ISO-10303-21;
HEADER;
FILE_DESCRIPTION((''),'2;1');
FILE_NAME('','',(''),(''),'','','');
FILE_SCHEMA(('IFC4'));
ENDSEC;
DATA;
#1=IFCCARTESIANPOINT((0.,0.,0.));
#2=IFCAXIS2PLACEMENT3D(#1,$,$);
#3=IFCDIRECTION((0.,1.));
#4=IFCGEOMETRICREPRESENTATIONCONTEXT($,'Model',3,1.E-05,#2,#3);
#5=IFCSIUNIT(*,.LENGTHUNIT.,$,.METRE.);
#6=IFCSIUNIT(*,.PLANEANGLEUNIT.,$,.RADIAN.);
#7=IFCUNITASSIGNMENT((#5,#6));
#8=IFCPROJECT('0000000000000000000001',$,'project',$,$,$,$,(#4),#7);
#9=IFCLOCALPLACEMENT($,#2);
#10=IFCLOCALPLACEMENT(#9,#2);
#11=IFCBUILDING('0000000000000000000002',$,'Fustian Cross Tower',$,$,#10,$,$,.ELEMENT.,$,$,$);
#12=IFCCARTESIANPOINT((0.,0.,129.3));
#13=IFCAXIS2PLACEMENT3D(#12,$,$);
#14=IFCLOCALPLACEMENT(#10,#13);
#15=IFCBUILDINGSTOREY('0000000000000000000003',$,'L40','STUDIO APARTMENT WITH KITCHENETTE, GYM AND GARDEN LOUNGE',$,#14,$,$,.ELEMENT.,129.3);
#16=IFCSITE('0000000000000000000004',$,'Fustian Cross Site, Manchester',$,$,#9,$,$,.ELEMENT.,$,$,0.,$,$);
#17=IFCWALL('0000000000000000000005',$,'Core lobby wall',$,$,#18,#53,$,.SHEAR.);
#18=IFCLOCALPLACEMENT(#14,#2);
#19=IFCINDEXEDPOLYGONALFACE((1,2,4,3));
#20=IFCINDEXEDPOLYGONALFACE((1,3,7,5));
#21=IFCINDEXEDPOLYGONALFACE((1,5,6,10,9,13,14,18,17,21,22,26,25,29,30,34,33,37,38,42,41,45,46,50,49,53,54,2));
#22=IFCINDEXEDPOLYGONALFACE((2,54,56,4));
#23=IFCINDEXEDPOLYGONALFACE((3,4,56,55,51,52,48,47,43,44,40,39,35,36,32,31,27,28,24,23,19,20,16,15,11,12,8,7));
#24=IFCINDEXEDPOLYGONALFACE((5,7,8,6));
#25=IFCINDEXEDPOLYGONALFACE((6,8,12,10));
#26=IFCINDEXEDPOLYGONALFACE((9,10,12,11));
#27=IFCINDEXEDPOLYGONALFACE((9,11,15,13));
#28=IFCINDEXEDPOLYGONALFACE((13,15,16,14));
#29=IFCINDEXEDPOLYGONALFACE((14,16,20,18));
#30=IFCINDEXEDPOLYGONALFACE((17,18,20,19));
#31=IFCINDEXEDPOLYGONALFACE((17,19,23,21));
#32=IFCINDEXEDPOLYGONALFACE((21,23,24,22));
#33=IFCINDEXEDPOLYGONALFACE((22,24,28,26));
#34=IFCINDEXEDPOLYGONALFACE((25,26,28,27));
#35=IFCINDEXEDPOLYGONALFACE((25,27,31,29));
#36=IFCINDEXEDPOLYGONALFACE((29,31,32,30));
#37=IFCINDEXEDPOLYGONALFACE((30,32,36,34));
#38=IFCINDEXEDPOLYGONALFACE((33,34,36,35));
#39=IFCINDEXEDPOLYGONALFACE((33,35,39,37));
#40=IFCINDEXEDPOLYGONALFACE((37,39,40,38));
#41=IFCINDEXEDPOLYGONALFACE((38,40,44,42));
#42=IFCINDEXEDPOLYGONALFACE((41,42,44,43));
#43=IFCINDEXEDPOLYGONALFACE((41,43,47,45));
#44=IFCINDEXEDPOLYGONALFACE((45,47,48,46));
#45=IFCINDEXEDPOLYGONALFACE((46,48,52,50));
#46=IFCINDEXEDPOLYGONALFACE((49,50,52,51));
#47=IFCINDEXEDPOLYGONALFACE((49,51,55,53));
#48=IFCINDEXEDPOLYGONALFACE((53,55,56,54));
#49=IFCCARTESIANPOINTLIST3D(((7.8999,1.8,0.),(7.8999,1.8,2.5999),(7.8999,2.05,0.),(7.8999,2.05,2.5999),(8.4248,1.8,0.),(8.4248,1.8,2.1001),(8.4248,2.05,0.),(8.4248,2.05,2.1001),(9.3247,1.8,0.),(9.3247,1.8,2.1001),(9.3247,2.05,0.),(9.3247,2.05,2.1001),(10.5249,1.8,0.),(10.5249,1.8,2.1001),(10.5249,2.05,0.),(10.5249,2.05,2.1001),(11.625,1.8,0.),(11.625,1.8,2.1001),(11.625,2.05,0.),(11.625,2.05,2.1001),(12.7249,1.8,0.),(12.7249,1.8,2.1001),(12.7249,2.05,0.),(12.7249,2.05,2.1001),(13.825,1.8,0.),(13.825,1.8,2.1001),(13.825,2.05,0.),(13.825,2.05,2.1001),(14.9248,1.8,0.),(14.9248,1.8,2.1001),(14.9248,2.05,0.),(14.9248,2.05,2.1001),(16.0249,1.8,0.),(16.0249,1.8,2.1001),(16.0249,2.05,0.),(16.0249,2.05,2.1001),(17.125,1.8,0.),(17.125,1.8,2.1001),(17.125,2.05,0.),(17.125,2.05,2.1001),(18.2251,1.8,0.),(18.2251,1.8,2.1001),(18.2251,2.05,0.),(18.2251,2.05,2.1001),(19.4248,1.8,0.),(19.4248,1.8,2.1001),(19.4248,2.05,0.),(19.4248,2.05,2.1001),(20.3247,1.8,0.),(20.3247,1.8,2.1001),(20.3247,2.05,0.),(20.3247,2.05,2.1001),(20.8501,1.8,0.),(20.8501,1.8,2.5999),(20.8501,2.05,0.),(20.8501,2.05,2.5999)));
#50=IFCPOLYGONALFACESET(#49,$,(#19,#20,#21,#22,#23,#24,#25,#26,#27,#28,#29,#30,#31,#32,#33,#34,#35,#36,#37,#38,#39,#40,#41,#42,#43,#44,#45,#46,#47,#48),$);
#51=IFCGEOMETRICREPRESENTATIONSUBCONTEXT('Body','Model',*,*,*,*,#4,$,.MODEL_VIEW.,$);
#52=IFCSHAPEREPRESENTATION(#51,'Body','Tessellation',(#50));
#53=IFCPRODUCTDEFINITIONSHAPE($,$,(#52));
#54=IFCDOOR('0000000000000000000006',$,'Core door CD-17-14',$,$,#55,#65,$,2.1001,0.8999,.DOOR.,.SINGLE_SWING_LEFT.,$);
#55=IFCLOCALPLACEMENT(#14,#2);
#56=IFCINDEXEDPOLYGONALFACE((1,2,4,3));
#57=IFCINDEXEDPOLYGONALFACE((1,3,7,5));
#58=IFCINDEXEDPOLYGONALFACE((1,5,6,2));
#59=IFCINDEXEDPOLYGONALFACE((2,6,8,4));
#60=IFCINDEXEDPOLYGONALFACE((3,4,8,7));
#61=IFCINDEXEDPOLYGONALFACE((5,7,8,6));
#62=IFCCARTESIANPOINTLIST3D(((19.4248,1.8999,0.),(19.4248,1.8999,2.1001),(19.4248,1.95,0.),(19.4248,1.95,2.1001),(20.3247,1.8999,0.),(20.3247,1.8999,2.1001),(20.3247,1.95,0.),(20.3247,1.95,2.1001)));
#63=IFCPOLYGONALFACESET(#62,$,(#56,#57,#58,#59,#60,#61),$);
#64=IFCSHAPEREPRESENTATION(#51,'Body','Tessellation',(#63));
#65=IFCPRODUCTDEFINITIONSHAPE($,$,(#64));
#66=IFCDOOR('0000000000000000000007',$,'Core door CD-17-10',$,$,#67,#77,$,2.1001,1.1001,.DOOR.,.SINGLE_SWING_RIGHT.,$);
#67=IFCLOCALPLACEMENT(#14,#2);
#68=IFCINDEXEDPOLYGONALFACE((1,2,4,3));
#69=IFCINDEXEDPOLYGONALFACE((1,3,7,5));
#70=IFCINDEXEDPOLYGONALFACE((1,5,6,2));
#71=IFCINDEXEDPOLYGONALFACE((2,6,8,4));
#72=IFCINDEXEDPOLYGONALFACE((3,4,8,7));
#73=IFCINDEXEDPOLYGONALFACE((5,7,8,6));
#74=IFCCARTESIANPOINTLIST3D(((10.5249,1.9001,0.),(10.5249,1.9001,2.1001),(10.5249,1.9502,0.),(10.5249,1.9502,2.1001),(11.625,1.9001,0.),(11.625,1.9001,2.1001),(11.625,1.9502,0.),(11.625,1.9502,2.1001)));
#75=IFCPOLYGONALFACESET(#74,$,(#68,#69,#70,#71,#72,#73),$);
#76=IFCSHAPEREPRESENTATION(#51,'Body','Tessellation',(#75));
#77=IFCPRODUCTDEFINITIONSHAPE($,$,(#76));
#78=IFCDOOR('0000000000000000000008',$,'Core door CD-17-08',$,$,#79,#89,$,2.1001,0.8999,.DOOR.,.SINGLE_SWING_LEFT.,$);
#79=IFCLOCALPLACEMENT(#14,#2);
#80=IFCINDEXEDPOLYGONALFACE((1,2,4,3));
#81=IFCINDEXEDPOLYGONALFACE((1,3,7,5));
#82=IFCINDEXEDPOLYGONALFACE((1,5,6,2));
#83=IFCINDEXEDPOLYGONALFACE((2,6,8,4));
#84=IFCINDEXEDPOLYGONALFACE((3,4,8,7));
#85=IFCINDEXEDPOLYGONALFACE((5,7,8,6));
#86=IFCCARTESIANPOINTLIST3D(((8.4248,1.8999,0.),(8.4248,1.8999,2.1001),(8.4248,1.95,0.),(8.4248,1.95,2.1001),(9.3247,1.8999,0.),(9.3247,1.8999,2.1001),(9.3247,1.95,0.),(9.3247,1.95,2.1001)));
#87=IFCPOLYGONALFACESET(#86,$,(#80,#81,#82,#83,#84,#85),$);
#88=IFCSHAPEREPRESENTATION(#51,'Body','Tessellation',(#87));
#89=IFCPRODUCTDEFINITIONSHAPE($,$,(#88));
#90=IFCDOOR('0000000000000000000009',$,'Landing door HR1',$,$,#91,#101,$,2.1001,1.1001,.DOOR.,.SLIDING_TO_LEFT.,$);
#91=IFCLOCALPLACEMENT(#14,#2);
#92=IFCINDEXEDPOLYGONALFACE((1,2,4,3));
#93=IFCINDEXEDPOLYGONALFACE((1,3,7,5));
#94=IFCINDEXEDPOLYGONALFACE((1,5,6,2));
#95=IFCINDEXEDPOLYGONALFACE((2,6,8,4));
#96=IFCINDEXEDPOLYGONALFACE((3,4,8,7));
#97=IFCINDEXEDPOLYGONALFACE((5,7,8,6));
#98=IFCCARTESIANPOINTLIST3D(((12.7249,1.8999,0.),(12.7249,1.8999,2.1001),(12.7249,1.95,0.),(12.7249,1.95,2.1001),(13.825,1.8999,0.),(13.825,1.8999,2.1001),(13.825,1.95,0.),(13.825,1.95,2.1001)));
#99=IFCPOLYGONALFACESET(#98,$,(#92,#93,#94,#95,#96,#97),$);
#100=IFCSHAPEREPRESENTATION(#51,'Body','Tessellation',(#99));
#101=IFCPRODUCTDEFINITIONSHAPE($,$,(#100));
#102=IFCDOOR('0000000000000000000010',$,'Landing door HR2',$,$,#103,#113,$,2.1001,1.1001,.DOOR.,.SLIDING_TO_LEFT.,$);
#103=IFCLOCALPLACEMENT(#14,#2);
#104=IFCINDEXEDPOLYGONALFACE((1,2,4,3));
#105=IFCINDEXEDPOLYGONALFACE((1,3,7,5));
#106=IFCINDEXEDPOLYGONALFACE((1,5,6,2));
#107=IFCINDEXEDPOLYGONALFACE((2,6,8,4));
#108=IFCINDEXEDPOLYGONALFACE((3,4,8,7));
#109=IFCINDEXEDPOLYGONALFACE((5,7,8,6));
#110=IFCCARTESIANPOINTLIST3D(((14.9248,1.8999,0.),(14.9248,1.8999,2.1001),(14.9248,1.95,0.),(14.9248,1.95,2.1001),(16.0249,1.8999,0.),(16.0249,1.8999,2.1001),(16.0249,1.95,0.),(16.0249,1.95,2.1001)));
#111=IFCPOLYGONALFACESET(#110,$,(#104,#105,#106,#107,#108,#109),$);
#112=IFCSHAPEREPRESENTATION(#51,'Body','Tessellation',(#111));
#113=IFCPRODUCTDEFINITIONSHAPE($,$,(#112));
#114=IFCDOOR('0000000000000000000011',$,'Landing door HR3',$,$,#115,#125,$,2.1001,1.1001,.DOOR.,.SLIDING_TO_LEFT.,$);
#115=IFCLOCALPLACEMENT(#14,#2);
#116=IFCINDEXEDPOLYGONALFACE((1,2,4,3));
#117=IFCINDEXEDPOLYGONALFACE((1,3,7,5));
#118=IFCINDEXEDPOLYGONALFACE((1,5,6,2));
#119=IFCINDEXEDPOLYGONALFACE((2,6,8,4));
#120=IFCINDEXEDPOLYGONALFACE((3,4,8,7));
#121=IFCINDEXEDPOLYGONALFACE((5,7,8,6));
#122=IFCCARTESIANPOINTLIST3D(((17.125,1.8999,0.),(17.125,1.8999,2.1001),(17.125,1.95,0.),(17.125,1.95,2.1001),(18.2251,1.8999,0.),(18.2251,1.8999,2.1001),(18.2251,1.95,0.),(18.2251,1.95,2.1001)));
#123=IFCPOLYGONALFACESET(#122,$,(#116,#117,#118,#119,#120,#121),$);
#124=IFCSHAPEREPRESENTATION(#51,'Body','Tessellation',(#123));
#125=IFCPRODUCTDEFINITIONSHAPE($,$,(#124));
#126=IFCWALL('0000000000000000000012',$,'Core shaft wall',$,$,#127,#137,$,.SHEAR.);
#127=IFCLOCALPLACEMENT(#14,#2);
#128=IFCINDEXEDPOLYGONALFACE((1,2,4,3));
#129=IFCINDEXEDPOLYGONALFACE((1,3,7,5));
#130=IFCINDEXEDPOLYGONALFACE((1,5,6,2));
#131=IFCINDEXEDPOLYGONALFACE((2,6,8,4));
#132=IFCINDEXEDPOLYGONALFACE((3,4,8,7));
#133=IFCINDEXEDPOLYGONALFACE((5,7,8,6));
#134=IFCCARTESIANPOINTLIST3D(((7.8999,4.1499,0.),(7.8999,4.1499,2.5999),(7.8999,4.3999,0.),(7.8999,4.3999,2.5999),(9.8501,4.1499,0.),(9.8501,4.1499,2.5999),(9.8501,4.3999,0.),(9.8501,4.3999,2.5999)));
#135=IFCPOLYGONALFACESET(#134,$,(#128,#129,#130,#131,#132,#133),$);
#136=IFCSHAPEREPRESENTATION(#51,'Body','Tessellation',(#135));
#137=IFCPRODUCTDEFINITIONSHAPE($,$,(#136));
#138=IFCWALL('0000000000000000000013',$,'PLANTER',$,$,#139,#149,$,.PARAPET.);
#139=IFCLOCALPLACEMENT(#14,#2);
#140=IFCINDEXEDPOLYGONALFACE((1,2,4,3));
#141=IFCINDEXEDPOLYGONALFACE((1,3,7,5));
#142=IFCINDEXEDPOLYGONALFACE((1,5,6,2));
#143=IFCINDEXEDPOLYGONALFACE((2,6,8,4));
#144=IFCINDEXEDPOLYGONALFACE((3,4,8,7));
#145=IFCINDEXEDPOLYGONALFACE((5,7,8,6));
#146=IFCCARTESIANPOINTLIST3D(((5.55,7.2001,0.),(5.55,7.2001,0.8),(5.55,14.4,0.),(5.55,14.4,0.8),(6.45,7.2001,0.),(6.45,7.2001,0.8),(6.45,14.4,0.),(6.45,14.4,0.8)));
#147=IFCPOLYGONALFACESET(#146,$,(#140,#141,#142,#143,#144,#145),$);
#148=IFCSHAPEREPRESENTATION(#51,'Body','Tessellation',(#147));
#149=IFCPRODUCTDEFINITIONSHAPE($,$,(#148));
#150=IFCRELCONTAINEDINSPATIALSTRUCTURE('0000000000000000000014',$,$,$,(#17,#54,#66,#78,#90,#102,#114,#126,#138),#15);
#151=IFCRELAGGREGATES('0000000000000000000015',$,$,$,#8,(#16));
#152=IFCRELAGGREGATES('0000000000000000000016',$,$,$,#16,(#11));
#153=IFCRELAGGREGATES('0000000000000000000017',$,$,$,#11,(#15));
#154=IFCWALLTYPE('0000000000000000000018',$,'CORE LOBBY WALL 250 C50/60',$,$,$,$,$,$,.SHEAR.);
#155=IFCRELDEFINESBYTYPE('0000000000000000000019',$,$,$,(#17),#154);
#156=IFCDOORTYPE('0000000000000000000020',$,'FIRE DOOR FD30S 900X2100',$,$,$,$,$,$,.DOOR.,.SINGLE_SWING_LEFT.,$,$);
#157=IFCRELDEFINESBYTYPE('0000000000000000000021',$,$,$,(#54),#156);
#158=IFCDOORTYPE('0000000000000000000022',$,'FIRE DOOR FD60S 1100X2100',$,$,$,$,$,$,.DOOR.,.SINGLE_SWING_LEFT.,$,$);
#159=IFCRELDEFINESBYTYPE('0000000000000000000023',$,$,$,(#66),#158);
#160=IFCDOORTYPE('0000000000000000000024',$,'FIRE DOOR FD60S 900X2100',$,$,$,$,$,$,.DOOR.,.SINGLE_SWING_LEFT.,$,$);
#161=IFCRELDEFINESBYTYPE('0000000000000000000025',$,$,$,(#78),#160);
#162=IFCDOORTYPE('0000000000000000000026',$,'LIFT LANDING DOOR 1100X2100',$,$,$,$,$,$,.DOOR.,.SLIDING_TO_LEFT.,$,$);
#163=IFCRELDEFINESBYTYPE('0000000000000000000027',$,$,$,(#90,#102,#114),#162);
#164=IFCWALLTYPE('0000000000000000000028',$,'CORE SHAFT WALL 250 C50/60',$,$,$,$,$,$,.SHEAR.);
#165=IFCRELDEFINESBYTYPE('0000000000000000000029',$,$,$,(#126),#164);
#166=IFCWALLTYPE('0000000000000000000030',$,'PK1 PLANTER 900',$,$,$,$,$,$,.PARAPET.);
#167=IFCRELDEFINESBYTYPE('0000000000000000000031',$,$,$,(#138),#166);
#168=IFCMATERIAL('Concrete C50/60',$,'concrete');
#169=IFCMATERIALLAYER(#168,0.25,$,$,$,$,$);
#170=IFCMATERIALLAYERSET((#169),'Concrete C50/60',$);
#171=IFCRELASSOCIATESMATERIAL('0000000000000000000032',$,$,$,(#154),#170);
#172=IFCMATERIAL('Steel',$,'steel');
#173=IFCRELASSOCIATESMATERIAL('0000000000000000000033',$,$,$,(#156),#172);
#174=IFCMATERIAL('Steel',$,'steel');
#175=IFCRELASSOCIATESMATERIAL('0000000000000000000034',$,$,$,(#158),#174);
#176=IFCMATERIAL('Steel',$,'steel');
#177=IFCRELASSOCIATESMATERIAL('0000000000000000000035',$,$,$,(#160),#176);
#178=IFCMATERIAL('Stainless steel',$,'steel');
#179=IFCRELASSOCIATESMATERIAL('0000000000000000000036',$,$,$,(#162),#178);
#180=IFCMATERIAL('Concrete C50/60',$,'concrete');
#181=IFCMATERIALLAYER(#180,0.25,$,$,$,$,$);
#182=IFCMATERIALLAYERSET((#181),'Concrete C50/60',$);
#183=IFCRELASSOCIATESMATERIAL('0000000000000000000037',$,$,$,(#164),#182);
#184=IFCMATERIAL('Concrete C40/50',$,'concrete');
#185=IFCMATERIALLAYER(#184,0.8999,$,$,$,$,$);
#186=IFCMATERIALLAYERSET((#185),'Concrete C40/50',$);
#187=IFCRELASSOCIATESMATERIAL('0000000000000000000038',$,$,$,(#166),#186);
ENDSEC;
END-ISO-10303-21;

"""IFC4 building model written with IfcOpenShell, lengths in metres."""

from ifc_helpers import new_model, si_unit, direction, frame, frame_2d, origin, place, context, subcontext, project, spatial, rectangle, extrude, material, layer, layer_set, type_object, element, fill, save


model = new_model("IFC4")

# Units and contexts
model_context = context("Model", 3, precision=1e-05, world=origin(), true_north=direction((0.0, 1.0)))
body_context = subcontext(model_context, "Body", "Model", "MODEL_VIEW")
ifc_project = project(units=[si_unit("LENGTHUNIT", "METRE"), si_unit("PLANEANGLEUNIT", "RADIAN")], contexts=[model_context])

# Site, building, storey
site_placement = place(None, origin())
site = spatial("IfcSite", under=ifc_project, at=site_placement, Name="Fustian Cross Site, Manchester", CompositionType="ELEMENT", RefElevation=0.0)
building_placement = place(site_placement, origin())
building = spatial("IfcBuilding", under=site, at=building_placement, Name="Fustian Cross Tower", CompositionType="ELEMENT")
storey_placement = place(building_placement, frame((0.0, 0.0, 129.3)))
storey = spatial("IfcBuildingStorey", under=building, at=storey_placement, Name="L40", Description="STUDIO APARTMENT WITH KITCHENETTE, GYM AND GARDEN LOUNGE", CompositionType="ELEMENT", Elevation=129.3)

# Wall, openings, doors
ifc_material_1 = material(Name="Concrete C50/60", Category="concrete")
ifc_layer_1 = layer(ifc_material_1, 0.25)
ifc_layer_set_1 = layer_set([ifc_layer_1], Name="Concrete C50/60")
wall_type_1 = type_object("IfcWallType", Name="CORE LOBBY WALL 250 C50/60", PredefinedType="SHEAR", material=ifc_layer_set_1)
wall_1_placement = place(storey_placement, frame((7.8999, 1.925, 0.0), z_axis=(0.0, 0.0, 1.0), x_axis=(1.0, 0.0, 0.0)))
wall_1 = element("IfcWall", 1, at=wall_1_placement, inside=storey, type_object=wall_type_1, Name="Core lobby wall", PredefinedType="SHEAR", context=body_context, shape_type="SweptSolid", body=[
    extrude(rectangle(XDim=12.9502, YDim=0.25, at=frame_2d((6.4751, 0.0))), origin(), (0.0, 0.0, 1.0), 2.5999),
])
opening_1_placement = place(wall_1_placement, frame((4.825, 0.0, 0.0)))
opening_1 = element("IfcOpeningElement", 2, at=opening_1_placement, cuts=wall_1, PredefinedType="OPENING", context=body_context, shape_type="SweptSolid", body=[
    extrude(rectangle(XDim=1.1001, YDim=2.1001, at=frame_2d((0.55, 1.05))), frame((0.0, 0.135, 0.0), z_axis=(0.0, -1.0, 0.0), x_axis=(1.0, 0.0, 0.0)), (0.0, 0.0, 1.0), 0.27),
])
opening_2_placement = place(wall_1_placement, frame((7.0249, 0.0, 0.0)))
opening_2 = element("IfcOpeningElement", 3, at=opening_2_placement, cuts=wall_1, PredefinedType="OPENING", context=body_context, shape_type="SweptSolid", body=[
    extrude(rectangle(XDim=1.1001, YDim=2.1001, at=frame_2d((0.55, 1.05))), frame((0.0, 0.135, 0.0), z_axis=(0.0, -1.0, 0.0), x_axis=(1.0, 0.0, 0.0)), (0.0, 0.0, 1.0), 0.27),
])
opening_3_placement = place(wall_1_placement, frame((9.2251, 0.0, 0.0)))
opening_3 = element("IfcOpeningElement", 4, at=opening_3_placement, cuts=wall_1, PredefinedType="OPENING", context=body_context, shape_type="SweptSolid", body=[
    extrude(rectangle(XDim=1.1001, YDim=2.1001, at=frame_2d((0.55, 1.05))), frame((0.0, 0.135, 0.0), z_axis=(0.0, -1.0, 0.0), x_axis=(1.0, 0.0, 0.0)), (0.0, 0.0, 1.0), 0.27),
])
opening_4_placement = place(wall_1_placement, frame((0.5249, 0.0, 0.0)))
opening_4 = element("IfcOpeningElement", 5, at=opening_4_placement, cuts=wall_1, PredefinedType="OPENING", context=body_context, shape_type="SweptSolid", body=[
    extrude(rectangle(XDim=0.8999, YDim=2.1001, at=frame_2d((0.45, 1.05))), frame((0.0, 0.135, 0.0), z_axis=(0.0, -1.0, 0.0), x_axis=(1.0, 0.0, 0.0)), (0.0, 0.0, 1.0), 0.27),
])
opening_5_placement = place(wall_1_placement, frame((2.625, 0.0, 0.0)))
opening_5 = element("IfcOpeningElement", 6, at=opening_5_placement, cuts=wall_1, PredefinedType="OPENING", context=body_context, shape_type="SweptSolid", body=[
    extrude(rectangle(XDim=1.1001, YDim=2.1001, at=frame_2d((0.55, 1.05))), frame((0.0, 0.135, 0.0), z_axis=(0.0, -1.0, 0.0), x_axis=(1.0, 0.0, 0.0)), (0.0, 0.0, 1.0), 0.27),
])
opening_6_placement = place(wall_1_placement, frame((11.5249, 0.0, 0.0)))
opening_6 = element("IfcOpeningElement", 7, at=opening_6_placement, cuts=wall_1, PredefinedType="OPENING", context=body_context, shape_type="SweptSolid", body=[
    extrude(rectangle(XDim=0.8999, YDim=2.1001, at=frame_2d((0.45, 1.05))), frame((0.0, 0.135, 0.0), z_axis=(0.0, -1.0, 0.0), x_axis=(1.0, 0.0, 0.0)), (0.0, 0.0, 1.0), 0.27),
])
ifc_material_2 = material(Name="Steel", Category="steel")
door_type_1 = type_object("IfcDoorType", Name="FIRE DOOR FD30S 900X2100", OperationType="SINGLE_SWING_LEFT", PredefinedType="DOOR", material=ifc_material_2)
door_1_placement = place(opening_6_placement, origin())
door_1 = element("IfcDoor", 8, at=door_1_placement, inside=storey, type_object=door_type_1, Name="Core door CD-17-14", OperationType="SINGLE_SWING_LEFT", OverallHeight=2.1001, OverallWidth=0.8999, PredefinedType="DOOR", context=body_context, shape_type="SweptSolid", body=[
    extrude(rectangle(XDim=0.8999, YDim=2.1001, at=frame_2d((0.45, 1.05))), frame((0.0, 0.0249, 0.0), z_axis=(0.0, -1.0, 0.0), x_axis=(1.0, 0.0, 0.0)), (0.0, 0.0, 1.0), 0.05),
])
fill(opening_6, door_1)
ifc_material_3 = material(Name="Steel", Category="steel")
door_type_2 = type_object("IfcDoorType", Name="FIRE DOOR FD60S 1100X2100", OperationType="SINGLE_SWING_LEFT", PredefinedType="DOOR", material=ifc_material_3)
door_2_placement = place(opening_5_placement, frame((1.1001, 0.0, 0.0), z_axis=(0.0, 0.0, 1.0), x_axis=(-1.0, 0.0, 0.0)))
door_2 = element("IfcDoor", 9, at=door_2_placement, inside=storey, type_object=door_type_2, Name="Core door CD-17-10", OperationType="SINGLE_SWING_RIGHT", OverallHeight=2.1001, OverallWidth=1.1001, PredefinedType="DOOR", context=body_context, shape_type="SweptSolid", body=[
    extrude(rectangle(XDim=1.1001, YDim=2.1001, at=frame_2d((0.55, 1.05))), frame((0.0, 0.0249, 0.0), z_axis=(0.0, -1.0, 0.0), x_axis=(1.0, 0.0, 0.0)), (0.0, 0.0, 1.0), 0.05),
])
fill(opening_5, door_2)
ifc_material_4 = material(Name="Steel", Category="steel")
door_type_3 = type_object("IfcDoorType", Name="FIRE DOOR FD60S 900X2100", OperationType="SINGLE_SWING_LEFT", PredefinedType="DOOR", material=ifc_material_4)
door_3_placement = place(opening_4_placement, origin())
door_3 = element("IfcDoor", 10, at=door_3_placement, inside=storey, type_object=door_type_3, Name="Core door CD-17-08", OperationType="SINGLE_SWING_LEFT", OverallHeight=2.1001, OverallWidth=0.8999, PredefinedType="DOOR", context=body_context, shape_type="SweptSolid", body=[
    extrude(rectangle(XDim=0.8999, YDim=2.1001, at=frame_2d((0.45, 1.05))), frame((0.0, 0.0249, 0.0), z_axis=(0.0, -1.0, 0.0), x_axis=(1.0, 0.0, 0.0)), (0.0, 0.0, 1.0), 0.05),
])
fill(opening_4, door_3)
ifc_material_5 = material(Name="Stainless steel", Category="steel")
door_type_4 = type_object("IfcDoorType", Name="LIFT LANDING DOOR 1100X2100", OperationType="SLIDING_TO_LEFT", PredefinedType="DOOR", material=ifc_material_5)
door_4_placement = place(opening_1_placement, origin())
door_4 = element("IfcDoor", 11, at=door_4_placement, inside=storey, type_object=door_type_4, Name="Landing door HR1", OperationType="SLIDING_TO_LEFT", OverallHeight=2.1001, OverallWidth=1.1001, PredefinedType="DOOR", context=body_context, shape_type="SweptSolid", body=[
    extrude(rectangle(XDim=1.1001, YDim=2.1001, at=frame_2d((0.55, 1.05))), frame((0.0, 0.0249, 0.0), z_axis=(0.0, -1.0, 0.0), x_axis=(1.0, 0.0, 0.0)), (0.0, 0.0, 1.0), 0.05),
])
fill(opening_1, door_4)
door_5_placement = place(opening_2_placement, origin())
door_5 = element("IfcDoor", 12, at=door_5_placement, inside=storey, type_object=door_type_4, Name="Landing door HR2", OperationType="SLIDING_TO_LEFT", OverallHeight=2.1001, OverallWidth=1.1001, PredefinedType="DOOR", context=body_context, shape_type="SweptSolid", body=[
    extrude(rectangle(XDim=1.1001, YDim=2.1001, at=frame_2d((0.55, 1.05))), frame((0.0, 0.0249, 0.0), z_axis=(0.0, -1.0, 0.0), x_axis=(1.0, 0.0, 0.0)), (0.0, 0.0, 1.0), 0.05),
])
fill(opening_2, door_5)
door_6_placement = place(opening_3_placement, origin())
door_6 = element("IfcDoor", 13, at=door_6_placement, inside=storey, type_object=door_type_4, Name="Landing door HR3", OperationType="SLIDING_TO_LEFT", OverallHeight=2.1001, OverallWidth=1.1001, PredefinedType="DOOR", context=body_context, shape_type="SweptSolid", body=[
    extrude(rectangle(XDim=1.1001, YDim=2.1001, at=frame_2d((0.55, 1.05))), frame((0.0, 0.0249, 0.0), z_axis=(0.0, -1.0, 0.0), x_axis=(1.0, 0.0, 0.0)), (0.0, 0.0, 1.0), 0.05),
])
fill(opening_3, door_6)

# Walls
ifc_material_6 = material(Name="Concrete C50/60", Category="concrete")
ifc_layer_2 = layer(ifc_material_6, 0.25)
ifc_layer_set_2 = layer_set([ifc_layer_2], Name="Concrete C50/60")
wall_type_2 = type_object("IfcWallType", Name="CORE SHAFT WALL 250 C50/60", PredefinedType="SHEAR", material=ifc_layer_set_2)
wall_2_placement = place(storey_placement, frame((7.8999, 4.2749, 0.0), z_axis=(0.0, 0.0, 1.0), x_axis=(1.0, 0.0, 0.0)))
element("IfcWall", 14, at=wall_2_placement, inside=storey, type_object=wall_type_2, Name="Core shaft wall", PredefinedType="SHEAR", context=body_context, shape_type="SweptSolid", body=[
    extrude(rectangle(XDim=1.9502, YDim=0.25, at=frame_2d((0.9751, 0.0))), origin(), (0.0, 0.0, 1.0), 2.5999),
])
ifc_material_7 = material(Name="Concrete C40/50", Category="concrete")
ifc_layer_3 = layer(ifc_material_7, 0.8999)
ifc_layer_set_3 = layer_set([ifc_layer_3], Name="Concrete C40/50")
wall_type_3 = type_object("IfcWallType", Name="PK1 PLANTER 900", PredefinedType="PARAPET", material=ifc_layer_set_3)
wall_3_placement = place(storey_placement, frame((6.0, 7.2, 0.0), z_axis=(0.0, 0.0, 1.0), x_axis=(0.0, 1.0, 0.0)))
element("IfcWall", 15, at=wall_3_placement, inside=storey, type_object=wall_type_3, Name="PLANTER", PredefinedType="PARAPET", context=body_context, shape_type="SweptSolid", body=[
    extrude(rectangle(XDim=7.2, YDim=0.8999, at=frame_2d((3.6001, 0.0))), origin(), (0.0, 0.0, 1.0), 0.8),
])

save(model, "model.ifc")
